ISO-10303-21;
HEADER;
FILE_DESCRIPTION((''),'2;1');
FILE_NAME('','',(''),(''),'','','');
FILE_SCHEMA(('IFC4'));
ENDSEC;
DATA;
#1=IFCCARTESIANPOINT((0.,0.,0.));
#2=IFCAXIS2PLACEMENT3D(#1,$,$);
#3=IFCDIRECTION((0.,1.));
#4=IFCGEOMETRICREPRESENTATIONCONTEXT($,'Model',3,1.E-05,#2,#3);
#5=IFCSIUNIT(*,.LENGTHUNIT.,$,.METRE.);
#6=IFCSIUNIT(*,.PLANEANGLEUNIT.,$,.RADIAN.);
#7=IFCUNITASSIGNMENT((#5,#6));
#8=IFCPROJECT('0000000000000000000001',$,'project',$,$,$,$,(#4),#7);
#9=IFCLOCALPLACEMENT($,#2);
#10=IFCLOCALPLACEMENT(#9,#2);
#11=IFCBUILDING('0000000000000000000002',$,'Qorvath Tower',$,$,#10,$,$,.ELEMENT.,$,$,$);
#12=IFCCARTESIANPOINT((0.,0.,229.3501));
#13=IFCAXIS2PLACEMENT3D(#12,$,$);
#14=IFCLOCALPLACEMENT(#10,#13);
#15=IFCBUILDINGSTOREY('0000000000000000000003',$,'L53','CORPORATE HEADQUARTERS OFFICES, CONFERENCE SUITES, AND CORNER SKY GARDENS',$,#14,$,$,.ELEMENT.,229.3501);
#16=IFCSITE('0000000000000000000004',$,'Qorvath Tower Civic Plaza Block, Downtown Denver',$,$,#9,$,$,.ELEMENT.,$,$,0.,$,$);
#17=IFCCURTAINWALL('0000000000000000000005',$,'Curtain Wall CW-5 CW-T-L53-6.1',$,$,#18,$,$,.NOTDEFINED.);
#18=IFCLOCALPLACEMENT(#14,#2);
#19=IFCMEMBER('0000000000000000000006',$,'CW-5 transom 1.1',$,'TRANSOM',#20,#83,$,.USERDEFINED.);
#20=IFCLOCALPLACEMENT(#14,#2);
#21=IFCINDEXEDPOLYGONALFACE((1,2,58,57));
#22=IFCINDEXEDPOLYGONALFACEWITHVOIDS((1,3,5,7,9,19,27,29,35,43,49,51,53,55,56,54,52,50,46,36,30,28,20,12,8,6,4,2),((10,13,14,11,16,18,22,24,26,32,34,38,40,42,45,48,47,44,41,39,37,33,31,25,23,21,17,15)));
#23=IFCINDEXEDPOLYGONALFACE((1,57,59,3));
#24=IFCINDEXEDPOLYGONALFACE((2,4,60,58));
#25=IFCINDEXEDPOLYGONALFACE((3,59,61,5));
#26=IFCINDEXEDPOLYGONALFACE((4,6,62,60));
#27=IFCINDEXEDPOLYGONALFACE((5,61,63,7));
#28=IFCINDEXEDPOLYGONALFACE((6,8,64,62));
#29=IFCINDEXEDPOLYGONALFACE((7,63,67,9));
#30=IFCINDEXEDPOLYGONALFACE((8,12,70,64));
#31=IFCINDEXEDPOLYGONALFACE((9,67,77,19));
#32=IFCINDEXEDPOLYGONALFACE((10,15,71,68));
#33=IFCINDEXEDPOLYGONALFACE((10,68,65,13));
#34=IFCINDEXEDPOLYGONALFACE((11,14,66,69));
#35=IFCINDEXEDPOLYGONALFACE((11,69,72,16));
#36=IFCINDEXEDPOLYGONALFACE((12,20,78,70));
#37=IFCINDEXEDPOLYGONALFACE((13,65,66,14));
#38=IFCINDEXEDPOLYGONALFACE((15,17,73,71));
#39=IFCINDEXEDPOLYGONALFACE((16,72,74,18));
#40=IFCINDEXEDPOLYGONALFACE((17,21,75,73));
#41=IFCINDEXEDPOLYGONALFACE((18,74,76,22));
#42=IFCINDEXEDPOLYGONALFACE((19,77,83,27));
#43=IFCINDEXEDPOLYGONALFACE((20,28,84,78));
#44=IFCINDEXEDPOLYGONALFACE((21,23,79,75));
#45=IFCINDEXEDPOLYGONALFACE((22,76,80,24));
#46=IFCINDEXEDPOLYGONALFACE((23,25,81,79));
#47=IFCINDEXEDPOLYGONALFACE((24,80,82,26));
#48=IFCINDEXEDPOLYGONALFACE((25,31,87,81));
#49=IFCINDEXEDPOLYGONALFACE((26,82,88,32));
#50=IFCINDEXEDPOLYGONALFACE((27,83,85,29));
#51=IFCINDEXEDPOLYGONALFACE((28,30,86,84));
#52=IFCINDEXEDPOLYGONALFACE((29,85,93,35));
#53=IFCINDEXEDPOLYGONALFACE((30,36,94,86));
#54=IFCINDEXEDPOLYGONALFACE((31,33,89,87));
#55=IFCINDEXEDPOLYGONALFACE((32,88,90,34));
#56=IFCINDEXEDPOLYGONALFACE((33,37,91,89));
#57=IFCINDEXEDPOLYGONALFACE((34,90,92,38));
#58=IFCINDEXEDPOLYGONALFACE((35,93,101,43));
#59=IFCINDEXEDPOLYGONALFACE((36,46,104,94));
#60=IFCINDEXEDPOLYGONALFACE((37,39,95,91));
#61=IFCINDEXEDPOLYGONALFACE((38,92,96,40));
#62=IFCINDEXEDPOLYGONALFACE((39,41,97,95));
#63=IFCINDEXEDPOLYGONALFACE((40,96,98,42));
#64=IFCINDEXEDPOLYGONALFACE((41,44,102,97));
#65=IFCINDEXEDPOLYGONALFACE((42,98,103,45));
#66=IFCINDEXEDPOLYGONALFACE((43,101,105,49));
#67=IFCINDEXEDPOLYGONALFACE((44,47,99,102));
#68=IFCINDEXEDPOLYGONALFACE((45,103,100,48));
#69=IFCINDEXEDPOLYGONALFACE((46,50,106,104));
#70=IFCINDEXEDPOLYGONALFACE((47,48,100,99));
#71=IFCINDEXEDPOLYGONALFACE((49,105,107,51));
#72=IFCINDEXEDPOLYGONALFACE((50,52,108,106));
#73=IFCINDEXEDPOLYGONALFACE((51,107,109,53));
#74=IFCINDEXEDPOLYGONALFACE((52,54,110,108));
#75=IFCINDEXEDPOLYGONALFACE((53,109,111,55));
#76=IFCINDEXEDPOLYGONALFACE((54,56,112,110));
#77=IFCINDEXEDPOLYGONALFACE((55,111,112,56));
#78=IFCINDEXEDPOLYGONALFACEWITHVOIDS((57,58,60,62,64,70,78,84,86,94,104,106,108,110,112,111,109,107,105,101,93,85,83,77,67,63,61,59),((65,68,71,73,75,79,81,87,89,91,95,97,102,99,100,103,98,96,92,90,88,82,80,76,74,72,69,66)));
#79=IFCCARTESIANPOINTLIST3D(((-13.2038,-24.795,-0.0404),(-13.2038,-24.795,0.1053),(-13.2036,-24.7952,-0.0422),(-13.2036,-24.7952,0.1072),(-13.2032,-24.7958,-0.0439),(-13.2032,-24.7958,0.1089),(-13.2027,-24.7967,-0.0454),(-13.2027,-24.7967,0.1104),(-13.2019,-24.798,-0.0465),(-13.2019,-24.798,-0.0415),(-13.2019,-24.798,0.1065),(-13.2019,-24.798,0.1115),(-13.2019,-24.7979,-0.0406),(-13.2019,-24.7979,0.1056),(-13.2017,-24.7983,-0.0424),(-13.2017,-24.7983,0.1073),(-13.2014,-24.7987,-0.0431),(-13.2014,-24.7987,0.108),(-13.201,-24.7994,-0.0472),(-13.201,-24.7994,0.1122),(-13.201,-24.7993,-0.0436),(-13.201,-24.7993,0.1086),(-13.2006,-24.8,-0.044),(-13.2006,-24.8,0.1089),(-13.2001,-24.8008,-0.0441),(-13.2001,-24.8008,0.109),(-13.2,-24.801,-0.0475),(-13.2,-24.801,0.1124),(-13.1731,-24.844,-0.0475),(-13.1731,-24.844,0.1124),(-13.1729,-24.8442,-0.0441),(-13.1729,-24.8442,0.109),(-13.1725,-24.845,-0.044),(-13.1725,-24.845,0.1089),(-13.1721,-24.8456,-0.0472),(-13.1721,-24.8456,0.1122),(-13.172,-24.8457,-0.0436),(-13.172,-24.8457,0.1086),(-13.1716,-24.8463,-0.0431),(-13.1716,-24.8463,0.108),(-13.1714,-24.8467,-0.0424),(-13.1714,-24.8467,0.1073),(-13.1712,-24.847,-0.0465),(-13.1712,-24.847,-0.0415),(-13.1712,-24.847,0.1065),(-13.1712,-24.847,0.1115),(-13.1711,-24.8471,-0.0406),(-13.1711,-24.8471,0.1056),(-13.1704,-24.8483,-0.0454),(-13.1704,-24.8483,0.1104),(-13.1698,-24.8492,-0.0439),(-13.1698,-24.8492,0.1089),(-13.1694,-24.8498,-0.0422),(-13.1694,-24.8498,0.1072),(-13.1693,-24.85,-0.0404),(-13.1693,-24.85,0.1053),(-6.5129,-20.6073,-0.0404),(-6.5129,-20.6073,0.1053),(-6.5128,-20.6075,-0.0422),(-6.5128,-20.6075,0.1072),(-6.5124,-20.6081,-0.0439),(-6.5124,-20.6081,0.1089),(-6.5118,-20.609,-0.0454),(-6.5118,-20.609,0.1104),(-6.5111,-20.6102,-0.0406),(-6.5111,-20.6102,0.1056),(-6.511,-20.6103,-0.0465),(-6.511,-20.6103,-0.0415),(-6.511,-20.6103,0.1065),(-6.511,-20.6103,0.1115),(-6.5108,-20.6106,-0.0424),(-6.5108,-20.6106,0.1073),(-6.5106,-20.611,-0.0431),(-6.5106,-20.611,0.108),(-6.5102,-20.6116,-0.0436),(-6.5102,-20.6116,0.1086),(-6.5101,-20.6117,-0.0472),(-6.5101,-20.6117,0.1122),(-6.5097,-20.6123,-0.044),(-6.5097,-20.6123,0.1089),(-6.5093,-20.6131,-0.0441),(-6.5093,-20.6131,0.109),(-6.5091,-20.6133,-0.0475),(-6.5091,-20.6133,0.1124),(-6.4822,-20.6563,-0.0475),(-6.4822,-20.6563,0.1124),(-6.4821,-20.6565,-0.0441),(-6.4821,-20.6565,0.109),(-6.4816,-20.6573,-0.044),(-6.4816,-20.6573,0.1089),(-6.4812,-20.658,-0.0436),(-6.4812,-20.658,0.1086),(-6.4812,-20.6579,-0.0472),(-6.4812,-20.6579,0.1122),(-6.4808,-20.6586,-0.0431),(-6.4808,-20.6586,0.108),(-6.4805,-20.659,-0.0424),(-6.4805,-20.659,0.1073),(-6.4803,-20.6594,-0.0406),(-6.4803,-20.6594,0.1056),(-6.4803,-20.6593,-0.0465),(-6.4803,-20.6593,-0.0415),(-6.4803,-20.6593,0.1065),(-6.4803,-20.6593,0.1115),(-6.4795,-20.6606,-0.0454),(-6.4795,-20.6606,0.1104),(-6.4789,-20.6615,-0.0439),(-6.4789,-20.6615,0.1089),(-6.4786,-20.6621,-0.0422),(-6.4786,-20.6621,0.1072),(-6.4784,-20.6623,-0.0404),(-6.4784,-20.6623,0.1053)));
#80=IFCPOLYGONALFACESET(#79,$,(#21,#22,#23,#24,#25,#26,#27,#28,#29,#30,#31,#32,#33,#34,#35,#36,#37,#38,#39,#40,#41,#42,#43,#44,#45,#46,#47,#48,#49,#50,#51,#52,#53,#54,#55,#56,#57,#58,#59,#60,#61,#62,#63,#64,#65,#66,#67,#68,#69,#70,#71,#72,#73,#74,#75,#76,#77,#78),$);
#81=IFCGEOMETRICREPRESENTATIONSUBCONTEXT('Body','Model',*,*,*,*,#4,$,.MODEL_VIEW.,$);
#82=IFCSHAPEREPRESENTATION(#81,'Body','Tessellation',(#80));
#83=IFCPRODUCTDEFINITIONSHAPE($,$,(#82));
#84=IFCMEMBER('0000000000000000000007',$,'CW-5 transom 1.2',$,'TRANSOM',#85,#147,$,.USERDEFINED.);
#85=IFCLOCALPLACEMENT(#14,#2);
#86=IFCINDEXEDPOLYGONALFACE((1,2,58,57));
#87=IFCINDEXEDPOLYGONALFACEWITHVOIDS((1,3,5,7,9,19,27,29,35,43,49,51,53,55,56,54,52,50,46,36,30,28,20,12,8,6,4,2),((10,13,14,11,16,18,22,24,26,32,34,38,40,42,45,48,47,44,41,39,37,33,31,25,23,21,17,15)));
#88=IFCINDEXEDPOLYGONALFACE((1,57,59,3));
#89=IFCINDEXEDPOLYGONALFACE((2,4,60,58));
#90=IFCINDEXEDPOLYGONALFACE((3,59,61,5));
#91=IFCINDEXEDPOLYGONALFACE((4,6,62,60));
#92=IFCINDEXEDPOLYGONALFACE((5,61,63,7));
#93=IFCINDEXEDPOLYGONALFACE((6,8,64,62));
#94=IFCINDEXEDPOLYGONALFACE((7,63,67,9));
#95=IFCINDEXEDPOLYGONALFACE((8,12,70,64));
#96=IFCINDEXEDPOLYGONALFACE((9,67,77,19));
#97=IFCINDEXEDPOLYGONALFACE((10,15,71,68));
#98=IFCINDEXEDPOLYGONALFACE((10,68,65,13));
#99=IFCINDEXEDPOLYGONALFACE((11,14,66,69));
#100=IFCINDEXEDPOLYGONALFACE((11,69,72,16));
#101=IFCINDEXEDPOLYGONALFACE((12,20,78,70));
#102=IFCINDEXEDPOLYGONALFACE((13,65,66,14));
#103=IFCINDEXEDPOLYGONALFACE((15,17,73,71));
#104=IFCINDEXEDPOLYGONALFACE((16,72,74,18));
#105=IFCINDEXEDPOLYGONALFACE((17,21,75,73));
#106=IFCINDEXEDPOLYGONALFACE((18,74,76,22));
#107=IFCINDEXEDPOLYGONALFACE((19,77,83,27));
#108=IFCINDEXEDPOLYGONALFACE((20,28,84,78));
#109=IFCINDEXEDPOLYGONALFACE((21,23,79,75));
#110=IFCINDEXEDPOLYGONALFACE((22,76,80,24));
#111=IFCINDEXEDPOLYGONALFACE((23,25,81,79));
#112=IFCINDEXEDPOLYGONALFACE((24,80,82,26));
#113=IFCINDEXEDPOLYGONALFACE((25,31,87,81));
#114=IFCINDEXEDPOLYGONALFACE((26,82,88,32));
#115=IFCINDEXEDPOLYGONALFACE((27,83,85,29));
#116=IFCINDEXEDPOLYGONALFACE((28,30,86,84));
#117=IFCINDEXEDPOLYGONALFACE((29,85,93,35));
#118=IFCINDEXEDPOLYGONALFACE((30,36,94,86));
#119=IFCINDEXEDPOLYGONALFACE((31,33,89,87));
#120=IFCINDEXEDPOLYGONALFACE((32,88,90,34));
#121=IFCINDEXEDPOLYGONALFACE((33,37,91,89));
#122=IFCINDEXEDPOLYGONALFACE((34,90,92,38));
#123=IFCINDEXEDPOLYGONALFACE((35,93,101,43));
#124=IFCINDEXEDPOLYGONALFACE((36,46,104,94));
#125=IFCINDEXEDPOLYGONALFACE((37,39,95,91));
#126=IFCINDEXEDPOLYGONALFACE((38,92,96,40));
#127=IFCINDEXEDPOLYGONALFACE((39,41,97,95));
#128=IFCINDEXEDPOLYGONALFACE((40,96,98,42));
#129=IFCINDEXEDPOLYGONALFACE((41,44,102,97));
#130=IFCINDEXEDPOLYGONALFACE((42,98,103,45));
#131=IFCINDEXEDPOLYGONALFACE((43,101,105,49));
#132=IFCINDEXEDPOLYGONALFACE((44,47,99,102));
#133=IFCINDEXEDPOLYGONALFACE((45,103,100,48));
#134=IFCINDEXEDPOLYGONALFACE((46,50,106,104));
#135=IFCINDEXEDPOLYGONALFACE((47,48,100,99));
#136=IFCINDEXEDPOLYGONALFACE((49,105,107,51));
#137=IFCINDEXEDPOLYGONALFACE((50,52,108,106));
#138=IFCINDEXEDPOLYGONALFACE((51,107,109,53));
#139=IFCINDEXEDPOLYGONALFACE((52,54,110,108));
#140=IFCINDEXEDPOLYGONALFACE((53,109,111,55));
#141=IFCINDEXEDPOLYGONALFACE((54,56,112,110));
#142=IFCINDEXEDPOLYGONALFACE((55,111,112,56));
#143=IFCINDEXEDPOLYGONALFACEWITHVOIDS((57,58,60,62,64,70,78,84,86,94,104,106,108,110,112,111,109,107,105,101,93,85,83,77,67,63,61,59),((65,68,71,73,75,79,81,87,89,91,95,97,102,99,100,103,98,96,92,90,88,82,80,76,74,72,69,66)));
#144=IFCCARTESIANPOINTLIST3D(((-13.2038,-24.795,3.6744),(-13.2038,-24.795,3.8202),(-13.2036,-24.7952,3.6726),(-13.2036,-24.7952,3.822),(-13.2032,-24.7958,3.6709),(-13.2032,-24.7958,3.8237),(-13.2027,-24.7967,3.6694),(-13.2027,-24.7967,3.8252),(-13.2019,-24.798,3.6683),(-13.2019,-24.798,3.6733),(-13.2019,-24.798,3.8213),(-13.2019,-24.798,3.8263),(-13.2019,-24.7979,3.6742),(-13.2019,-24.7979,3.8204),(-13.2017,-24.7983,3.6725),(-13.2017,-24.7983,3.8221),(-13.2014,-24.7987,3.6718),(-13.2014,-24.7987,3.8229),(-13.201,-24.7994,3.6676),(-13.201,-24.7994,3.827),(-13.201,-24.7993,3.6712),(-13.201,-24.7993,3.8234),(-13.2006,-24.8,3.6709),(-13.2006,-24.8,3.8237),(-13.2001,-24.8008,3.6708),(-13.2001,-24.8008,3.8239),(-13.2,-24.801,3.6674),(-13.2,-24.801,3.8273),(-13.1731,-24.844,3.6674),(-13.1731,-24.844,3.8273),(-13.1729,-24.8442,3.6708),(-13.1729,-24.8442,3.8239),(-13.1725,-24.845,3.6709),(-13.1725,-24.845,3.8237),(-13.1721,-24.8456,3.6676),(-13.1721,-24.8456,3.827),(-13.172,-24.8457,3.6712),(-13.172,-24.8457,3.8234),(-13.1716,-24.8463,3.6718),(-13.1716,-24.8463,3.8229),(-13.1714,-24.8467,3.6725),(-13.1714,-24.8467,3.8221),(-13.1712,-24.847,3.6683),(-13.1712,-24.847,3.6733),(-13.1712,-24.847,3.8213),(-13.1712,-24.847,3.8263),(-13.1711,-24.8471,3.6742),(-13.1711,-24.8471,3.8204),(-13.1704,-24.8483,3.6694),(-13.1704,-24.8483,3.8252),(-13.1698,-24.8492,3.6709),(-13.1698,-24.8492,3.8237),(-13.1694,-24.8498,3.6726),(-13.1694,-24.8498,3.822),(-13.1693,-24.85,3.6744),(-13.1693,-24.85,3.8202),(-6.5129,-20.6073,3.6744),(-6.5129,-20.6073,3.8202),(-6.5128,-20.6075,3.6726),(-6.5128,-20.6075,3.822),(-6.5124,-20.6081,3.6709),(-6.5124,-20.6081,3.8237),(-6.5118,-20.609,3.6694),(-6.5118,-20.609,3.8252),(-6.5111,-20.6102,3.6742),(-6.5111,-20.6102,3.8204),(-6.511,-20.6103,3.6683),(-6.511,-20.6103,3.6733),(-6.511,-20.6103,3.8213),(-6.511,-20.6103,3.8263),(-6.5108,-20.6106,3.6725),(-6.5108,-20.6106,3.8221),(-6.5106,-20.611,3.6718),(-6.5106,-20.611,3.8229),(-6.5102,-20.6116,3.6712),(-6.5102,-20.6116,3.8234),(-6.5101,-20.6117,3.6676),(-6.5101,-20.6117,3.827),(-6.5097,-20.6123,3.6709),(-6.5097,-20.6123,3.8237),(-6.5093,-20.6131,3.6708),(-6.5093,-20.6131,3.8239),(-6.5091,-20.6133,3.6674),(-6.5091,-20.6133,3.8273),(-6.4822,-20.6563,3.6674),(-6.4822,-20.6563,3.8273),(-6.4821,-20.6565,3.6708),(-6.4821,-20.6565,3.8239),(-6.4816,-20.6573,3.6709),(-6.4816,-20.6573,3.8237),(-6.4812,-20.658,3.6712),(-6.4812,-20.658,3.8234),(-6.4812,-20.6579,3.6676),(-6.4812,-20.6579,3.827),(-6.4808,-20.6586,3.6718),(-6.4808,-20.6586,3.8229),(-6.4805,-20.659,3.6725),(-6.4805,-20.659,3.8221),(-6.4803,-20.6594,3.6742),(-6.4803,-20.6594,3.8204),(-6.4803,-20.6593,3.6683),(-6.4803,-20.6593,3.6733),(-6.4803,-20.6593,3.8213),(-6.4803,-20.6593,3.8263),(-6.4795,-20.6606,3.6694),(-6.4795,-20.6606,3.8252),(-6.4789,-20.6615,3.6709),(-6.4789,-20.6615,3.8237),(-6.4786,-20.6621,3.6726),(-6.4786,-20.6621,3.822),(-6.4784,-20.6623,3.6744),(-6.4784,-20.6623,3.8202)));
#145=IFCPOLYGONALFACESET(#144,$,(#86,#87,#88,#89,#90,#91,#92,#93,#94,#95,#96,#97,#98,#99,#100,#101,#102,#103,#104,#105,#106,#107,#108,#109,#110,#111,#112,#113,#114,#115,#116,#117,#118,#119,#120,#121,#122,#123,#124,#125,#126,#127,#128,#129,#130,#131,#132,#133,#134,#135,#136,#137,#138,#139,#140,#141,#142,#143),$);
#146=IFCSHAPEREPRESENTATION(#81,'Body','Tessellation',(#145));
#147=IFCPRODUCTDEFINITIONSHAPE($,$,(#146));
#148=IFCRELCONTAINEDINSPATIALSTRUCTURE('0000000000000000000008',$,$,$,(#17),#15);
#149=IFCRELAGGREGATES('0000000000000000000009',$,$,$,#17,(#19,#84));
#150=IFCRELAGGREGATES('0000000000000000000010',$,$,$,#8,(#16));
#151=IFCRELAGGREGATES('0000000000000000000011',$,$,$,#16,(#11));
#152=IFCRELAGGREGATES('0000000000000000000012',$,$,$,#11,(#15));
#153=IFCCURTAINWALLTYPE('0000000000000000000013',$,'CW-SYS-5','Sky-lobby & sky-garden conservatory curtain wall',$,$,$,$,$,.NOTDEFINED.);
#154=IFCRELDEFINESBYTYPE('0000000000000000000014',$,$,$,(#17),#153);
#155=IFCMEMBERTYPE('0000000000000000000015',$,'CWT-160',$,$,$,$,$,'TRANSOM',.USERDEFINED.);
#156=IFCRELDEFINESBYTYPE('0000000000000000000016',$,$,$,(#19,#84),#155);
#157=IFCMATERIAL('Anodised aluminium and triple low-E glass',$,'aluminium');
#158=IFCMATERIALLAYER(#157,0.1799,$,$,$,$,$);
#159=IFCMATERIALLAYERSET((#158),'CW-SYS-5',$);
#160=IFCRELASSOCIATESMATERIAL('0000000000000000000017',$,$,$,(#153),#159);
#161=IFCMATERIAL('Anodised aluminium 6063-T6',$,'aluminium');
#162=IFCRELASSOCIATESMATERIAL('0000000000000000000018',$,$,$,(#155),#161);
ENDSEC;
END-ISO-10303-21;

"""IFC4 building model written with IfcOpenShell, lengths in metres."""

from ifc_helpers import new_model, si_unit, direction, frame, origin, origin_2d, place, context, subcontext, project, spatial, hollow_rectangle, extrude, material, layer, layer_set, material_profile, profile_set, type_object, element, aggregate, save


model = new_model("IFC4")

# Units and contexts
model_context = context("Model", 3, precision=1e-05, world=origin(), true_north=direction((0.0, 1.0)))
body_context = subcontext(model_context, "Body", "Model", "MODEL_VIEW")
ifc_project = project(units=[si_unit("LENGTHUNIT", "METRE"), si_unit("PLANEANGLEUNIT", "RADIAN")], contexts=[model_context])

# Site, building, storey
site_placement = place(None, origin())
site = spatial("IfcSite", under=ifc_project, at=site_placement, Name="Qorvath Tower Civic Plaza Block, Downtown Denver", CompositionType="ELEMENT", RefElevation=0.0)
building_placement = place(site_placement, origin())
building = spatial("IfcBuilding", under=site, at=building_placement, Name="Qorvath Tower", CompositionType="ELEMENT")
storey_placement = place(building_placement, frame((0.0, 0.0, 229.3501)))
storey = spatial("IfcBuildingStorey", under=building, at=storey_placement, Name="L53", Description="CORPORATE HEADQUARTERS OFFICES, CONFERENCE SUITES, AND CORNER SKY GARDENS", CompositionType="ELEMENT", Elevation=229.3501)

# Shared definitions
ifc_material_1 = material(Name="Anodised aluminium and triple low-E glass", Category="aluminium")
ifc_layer_1 = layer(ifc_material_1, 0.1799)
ifc_layer_set_1 = layer_set([ifc_layer_1], Name="CW-SYS-5")
curtain_wall_type = type_object("IfcCurtainWallType", Name="CW-SYS-5", Description="Sky-lobby & sky-garden conservatory curtain wall", PredefinedType="NOTDEFINED", material=ifc_layer_set_1)

# Curtain wall
curtain_wall_1_placement = place(storey_placement, origin())
curtain_wall_1 = element("IfcCurtainWall", 1, at=curtain_wall_1_placement, inside=storey, type_object=curtain_wall_type, Name="Curtain Wall CW-5 CW-T-L53-6.1", PredefinedType="NOTDEFINED")

# Members
ifc_material_2 = material(Name="Anodised aluminium 6063-T6", Category="aluminium")
ifc_material_profile_1 = material_profile(ifc_material_2, hollow_rectangle(XDim=0.0649, YDim=0.1599, WallThickness=0.0034, InnerFilletRadius=0.0034, OuterFilletRadius=0.0071, at=origin_2d()), Name="CWT 160x65")
ifc_profile_set_1 = profile_set([ifc_material_profile_1], Name="Anodised aluminium 6063-T6")
member_type_1 = type_object("IfcMemberType", Name="CWT-160", ElementType="TRANSOM", PredefinedType="USERDEFINED", material=ifc_profile_set_1)
member_1_placement = place(storey_placement, frame((-13.1865, -24.8225, 0.0325), z_axis=(0.847661, 0.530538, 0.0), x_axis=(-0.530538, 0.847661, 0.0)))
member_1 = element("IfcMember", 2, at=member_1_placement, type_object=member_type_1, Name="CW-5 transom 1.1", ObjectType="TRANSOM", PredefinedType="USERDEFINED", context=body_context, shape_type="SweptSolid", body=[
    extrude(hollow_rectangle(XDim=0.0649, YDim=0.1599, WallThickness=0.0034, InnerFilletRadius=0.0034, OuterFilletRadius=0.0071, at=origin_2d()), origin(), (0.0, 0.0, 1.0), 7.8933),
])
member_2_placement = place(storey_placement, frame((-13.1865, -24.8225, 3.7473), z_axis=(0.847661, 0.530538, 0.0), x_axis=(-0.530538, 0.847661, 0.0)))
member_2 = element("IfcMember", 3, at=member_2_placement, type_object=member_type_1, Name="CW-5 transom 1.2", ObjectType="TRANSOM", PredefinedType="USERDEFINED", context=body_context, shape_type="SweptSolid", body=[
    extrude(hollow_rectangle(XDim=0.0649, YDim=0.1599, WallThickness=0.0034, InnerFilletRadius=0.0034, OuterFilletRadius=0.0071, at=origin_2d()), origin(), (0.0, 0.0, 1.0), 7.8933),
])

aggregate(curtain_wall_1, [member_1, member_2])

save(model, "model.ifc")
